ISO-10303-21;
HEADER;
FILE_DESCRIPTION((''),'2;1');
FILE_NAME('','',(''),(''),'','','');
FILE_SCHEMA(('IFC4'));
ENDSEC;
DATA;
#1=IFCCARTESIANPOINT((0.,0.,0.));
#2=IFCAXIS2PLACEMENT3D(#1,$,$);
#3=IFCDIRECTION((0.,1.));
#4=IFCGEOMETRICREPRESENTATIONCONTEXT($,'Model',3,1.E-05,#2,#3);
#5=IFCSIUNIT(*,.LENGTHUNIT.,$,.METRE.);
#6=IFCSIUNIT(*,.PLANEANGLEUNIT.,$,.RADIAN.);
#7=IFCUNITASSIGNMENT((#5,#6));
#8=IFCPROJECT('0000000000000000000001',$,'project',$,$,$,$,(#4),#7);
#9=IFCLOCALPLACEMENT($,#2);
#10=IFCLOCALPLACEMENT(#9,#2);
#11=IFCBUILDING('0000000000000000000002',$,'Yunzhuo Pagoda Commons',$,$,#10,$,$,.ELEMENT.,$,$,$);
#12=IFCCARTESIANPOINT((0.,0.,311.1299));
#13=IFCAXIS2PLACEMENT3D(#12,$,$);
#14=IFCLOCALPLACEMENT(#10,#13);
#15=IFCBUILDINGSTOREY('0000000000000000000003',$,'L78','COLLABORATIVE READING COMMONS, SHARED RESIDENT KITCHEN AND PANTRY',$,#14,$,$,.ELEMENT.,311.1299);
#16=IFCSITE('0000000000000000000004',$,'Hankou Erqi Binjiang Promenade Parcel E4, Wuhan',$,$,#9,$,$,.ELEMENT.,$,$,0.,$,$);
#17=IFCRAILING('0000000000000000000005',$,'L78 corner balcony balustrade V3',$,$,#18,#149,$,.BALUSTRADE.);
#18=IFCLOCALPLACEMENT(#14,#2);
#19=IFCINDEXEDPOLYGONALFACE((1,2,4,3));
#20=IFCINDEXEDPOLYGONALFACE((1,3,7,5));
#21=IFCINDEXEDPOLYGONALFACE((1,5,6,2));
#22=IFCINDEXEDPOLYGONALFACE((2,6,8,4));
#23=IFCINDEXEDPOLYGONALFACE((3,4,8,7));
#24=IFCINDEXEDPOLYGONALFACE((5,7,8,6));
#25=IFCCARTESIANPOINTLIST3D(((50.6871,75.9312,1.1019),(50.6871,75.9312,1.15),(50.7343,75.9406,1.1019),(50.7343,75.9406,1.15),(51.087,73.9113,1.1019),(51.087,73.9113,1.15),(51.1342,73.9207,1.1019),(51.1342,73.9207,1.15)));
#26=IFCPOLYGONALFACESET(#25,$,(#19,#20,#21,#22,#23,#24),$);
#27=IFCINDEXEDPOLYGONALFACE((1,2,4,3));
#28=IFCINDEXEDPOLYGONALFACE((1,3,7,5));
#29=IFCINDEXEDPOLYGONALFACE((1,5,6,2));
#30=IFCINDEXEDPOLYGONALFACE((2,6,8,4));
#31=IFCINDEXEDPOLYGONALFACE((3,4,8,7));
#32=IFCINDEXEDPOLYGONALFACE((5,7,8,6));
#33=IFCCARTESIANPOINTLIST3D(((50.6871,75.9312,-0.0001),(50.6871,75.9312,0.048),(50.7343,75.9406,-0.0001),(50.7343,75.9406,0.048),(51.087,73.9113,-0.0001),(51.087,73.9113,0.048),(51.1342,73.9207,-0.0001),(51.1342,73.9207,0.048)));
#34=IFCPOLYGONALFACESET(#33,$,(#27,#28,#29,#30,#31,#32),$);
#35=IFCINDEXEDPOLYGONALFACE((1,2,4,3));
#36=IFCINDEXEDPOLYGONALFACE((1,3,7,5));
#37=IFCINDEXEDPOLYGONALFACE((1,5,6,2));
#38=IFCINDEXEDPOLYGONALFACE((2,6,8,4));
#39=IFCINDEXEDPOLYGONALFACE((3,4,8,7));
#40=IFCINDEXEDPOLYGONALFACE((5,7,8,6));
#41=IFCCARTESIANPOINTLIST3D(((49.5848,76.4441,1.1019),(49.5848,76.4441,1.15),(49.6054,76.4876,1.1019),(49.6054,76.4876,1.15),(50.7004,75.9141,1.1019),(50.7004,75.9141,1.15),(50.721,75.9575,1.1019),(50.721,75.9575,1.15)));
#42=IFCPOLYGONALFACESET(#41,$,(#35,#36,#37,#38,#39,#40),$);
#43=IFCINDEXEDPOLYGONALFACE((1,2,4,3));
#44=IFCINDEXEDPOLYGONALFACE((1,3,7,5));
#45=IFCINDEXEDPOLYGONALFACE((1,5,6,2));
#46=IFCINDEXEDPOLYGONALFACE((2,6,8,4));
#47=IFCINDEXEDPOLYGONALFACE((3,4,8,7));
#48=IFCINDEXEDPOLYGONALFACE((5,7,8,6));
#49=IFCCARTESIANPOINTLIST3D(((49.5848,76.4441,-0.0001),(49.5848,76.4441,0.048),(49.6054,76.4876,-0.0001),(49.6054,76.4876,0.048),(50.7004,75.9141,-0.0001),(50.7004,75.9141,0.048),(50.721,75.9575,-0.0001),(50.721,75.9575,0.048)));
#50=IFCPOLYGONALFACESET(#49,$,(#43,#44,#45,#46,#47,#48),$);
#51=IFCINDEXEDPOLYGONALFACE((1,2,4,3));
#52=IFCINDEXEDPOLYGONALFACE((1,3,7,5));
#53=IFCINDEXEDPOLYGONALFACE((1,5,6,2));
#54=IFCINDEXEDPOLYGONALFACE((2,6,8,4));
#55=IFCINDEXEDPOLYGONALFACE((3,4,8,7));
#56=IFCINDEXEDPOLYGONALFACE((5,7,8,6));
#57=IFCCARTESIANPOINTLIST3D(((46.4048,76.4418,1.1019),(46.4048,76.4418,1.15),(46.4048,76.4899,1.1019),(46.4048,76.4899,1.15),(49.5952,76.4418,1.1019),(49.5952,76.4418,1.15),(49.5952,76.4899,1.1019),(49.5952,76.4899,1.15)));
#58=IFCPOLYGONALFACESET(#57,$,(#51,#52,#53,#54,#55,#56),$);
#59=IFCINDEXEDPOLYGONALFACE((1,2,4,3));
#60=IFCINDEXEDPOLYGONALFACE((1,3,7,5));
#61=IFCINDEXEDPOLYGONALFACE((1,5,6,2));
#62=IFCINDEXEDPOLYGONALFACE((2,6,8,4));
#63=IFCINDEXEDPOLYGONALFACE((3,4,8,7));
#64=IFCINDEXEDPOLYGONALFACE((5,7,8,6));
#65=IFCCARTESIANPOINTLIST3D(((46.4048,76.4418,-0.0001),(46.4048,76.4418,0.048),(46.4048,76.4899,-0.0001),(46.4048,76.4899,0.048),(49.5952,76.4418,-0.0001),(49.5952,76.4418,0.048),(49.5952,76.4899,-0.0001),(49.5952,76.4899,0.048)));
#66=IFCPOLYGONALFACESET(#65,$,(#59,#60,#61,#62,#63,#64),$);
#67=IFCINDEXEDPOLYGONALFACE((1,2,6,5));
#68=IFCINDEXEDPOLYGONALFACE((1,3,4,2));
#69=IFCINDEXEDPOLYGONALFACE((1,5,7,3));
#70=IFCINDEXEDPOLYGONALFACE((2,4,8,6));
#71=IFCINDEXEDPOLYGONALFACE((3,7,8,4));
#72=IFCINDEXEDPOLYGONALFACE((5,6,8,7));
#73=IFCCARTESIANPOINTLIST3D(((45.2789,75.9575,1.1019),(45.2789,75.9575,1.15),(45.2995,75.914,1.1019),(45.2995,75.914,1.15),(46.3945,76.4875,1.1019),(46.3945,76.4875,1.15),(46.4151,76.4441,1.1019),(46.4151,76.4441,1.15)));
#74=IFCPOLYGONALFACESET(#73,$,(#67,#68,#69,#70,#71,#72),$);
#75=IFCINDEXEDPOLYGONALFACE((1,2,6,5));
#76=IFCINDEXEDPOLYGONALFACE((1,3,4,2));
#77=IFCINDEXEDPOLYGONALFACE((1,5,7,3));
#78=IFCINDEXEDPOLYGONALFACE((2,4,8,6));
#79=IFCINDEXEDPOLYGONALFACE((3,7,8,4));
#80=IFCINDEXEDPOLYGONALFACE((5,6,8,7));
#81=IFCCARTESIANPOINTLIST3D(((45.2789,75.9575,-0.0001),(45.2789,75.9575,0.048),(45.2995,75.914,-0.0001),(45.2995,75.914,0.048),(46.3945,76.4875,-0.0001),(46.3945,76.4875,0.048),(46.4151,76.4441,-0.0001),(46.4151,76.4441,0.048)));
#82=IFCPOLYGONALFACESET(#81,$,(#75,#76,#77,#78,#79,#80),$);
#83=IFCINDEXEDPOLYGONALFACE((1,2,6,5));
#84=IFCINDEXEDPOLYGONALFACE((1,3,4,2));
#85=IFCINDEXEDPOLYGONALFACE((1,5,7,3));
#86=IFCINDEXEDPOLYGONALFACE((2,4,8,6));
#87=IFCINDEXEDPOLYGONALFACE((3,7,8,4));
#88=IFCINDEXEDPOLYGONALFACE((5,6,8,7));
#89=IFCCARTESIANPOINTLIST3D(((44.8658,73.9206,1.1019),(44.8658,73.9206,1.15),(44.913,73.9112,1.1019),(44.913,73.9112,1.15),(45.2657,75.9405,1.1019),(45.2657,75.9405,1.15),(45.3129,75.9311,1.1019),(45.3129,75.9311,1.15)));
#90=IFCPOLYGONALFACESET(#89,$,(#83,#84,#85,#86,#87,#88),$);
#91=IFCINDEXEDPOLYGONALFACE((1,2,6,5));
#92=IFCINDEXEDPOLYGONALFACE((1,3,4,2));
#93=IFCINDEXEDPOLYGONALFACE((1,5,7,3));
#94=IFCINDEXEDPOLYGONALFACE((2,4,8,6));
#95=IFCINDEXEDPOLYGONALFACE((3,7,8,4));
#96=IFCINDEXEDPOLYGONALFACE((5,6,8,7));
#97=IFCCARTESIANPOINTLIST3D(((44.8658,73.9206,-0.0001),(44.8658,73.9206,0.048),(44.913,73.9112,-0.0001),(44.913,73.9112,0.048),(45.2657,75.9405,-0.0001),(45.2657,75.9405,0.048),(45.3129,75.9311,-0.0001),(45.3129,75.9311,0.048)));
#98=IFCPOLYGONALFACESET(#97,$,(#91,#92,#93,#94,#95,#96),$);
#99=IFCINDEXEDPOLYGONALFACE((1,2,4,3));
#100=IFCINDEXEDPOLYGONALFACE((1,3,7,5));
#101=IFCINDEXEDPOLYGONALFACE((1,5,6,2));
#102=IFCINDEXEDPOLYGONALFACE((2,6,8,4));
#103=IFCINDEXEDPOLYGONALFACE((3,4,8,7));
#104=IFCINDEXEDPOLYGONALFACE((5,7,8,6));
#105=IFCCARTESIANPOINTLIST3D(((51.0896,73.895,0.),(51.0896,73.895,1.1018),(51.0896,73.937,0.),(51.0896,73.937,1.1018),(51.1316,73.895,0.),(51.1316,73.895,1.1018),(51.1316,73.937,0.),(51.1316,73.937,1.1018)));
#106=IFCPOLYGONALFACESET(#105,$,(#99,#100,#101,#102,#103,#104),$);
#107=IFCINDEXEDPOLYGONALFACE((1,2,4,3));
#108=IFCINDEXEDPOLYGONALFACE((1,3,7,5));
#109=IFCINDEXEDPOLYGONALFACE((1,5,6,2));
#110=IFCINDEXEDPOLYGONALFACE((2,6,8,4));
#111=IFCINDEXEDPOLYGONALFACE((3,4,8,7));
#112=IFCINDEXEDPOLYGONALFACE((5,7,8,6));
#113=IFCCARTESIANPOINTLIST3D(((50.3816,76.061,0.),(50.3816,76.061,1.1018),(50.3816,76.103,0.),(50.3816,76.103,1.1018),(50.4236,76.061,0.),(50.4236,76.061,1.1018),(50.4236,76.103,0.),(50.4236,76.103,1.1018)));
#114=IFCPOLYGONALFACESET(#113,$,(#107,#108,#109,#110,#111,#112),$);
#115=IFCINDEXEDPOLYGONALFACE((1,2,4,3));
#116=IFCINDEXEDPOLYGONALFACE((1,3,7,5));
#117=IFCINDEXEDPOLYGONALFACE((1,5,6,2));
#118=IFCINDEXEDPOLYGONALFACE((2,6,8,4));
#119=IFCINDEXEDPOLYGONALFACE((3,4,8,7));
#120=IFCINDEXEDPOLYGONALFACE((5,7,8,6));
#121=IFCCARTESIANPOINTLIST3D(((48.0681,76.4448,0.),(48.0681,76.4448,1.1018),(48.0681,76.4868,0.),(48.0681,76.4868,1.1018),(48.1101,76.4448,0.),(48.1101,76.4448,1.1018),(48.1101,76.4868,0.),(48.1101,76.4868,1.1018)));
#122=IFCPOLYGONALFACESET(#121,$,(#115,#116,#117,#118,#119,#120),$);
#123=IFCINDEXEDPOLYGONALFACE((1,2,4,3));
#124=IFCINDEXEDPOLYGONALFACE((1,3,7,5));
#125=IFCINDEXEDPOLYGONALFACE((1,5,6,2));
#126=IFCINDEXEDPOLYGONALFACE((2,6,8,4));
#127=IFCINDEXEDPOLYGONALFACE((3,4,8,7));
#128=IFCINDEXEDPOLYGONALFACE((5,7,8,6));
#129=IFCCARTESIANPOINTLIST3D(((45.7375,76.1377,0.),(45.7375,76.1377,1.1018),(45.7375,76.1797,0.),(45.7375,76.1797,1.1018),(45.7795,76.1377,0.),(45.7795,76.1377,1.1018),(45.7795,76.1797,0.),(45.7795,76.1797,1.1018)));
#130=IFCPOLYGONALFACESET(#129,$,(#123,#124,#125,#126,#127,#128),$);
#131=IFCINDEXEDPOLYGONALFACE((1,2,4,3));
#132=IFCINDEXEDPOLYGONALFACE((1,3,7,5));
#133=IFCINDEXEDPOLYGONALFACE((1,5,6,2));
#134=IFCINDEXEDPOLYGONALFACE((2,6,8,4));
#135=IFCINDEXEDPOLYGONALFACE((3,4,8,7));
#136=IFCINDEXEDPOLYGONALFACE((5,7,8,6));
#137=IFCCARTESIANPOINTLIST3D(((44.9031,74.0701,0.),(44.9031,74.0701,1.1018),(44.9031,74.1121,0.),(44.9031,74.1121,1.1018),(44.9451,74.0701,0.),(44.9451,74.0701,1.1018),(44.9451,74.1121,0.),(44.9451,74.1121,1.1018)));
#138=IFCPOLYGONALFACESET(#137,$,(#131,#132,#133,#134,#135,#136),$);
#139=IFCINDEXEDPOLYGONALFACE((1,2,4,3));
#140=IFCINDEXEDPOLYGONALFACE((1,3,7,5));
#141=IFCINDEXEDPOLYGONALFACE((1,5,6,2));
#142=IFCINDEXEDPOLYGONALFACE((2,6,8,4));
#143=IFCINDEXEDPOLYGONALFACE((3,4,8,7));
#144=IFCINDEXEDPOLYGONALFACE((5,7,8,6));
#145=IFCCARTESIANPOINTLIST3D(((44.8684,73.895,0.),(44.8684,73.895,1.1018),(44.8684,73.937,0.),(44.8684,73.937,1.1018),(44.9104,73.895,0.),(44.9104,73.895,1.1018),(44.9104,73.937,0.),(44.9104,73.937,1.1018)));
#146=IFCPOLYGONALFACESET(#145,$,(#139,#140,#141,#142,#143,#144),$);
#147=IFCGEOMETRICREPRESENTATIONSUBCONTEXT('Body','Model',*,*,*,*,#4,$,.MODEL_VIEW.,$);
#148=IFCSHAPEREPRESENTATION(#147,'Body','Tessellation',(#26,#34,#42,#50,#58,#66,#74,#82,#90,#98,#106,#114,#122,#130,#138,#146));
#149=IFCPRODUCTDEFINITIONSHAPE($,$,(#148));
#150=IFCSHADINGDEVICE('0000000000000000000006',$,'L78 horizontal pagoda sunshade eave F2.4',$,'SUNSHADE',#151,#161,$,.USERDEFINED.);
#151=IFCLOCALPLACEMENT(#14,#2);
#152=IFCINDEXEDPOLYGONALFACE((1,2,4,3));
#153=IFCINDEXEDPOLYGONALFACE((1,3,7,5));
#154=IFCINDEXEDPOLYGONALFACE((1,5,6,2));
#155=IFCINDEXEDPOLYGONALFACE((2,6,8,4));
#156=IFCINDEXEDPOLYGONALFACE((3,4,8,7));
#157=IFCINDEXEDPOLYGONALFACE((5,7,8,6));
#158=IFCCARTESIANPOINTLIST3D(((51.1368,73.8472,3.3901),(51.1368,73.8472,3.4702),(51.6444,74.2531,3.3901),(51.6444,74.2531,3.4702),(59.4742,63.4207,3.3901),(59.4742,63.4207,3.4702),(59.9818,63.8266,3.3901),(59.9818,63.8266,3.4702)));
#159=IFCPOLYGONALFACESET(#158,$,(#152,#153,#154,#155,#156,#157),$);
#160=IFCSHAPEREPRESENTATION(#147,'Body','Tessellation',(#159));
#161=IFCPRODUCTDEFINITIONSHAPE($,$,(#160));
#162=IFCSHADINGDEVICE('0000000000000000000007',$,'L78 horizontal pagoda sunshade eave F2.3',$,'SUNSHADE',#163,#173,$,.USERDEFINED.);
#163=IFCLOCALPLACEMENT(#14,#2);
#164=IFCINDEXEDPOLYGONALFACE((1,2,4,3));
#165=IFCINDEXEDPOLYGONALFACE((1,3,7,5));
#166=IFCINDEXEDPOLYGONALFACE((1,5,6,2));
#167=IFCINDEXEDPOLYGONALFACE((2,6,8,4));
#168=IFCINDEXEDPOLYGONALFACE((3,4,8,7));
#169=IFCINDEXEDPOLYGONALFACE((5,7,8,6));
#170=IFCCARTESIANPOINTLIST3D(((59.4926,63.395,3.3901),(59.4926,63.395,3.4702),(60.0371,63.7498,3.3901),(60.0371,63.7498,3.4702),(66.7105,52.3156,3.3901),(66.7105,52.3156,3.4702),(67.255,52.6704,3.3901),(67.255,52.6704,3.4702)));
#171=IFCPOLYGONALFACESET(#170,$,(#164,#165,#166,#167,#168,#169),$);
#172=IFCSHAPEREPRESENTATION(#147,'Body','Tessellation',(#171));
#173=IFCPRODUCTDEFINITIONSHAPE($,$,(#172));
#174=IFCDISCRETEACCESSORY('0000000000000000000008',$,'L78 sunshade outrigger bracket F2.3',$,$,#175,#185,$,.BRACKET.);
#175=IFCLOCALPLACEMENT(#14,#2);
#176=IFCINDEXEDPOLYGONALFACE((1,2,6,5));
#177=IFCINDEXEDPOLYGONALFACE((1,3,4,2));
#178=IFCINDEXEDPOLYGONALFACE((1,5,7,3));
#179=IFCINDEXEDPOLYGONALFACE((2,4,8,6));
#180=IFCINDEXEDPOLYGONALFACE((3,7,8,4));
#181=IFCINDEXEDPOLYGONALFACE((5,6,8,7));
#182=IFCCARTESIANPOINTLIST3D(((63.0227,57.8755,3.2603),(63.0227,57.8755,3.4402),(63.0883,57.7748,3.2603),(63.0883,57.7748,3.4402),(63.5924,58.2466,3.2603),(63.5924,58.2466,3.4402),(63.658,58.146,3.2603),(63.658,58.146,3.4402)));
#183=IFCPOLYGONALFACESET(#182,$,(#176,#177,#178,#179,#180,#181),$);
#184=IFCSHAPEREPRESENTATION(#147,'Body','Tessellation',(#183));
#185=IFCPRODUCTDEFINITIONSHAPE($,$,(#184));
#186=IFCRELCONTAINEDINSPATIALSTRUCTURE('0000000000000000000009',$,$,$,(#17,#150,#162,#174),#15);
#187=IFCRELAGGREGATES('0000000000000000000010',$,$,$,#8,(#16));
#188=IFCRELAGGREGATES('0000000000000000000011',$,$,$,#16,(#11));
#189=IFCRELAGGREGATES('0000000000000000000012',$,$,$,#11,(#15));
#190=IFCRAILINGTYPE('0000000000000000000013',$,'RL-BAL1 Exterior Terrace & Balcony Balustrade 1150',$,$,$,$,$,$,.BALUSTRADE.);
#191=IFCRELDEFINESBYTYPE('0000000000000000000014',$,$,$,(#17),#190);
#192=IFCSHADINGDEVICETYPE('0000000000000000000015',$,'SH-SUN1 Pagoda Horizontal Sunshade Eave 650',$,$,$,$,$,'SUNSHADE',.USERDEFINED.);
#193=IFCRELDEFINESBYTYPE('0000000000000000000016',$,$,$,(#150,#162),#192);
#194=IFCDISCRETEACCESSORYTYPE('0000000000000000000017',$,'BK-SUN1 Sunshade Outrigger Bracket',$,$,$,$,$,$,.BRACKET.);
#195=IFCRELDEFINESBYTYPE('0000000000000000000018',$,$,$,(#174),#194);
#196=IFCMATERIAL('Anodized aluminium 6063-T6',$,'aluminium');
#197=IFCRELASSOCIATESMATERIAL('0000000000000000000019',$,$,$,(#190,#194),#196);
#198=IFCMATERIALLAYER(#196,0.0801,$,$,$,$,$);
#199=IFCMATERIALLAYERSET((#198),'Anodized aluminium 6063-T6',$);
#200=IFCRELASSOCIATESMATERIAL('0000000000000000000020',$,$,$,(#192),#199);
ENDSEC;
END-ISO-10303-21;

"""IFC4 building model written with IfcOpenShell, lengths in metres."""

from ifc_helpers import new_model, si_unit, direction, frame, origin, origin_2d, place, context, subcontext, project, spatial, rectangle, extrude, source, transform, mapped, material, layer, layer_set, type_object, element, save


model = new_model("IFC4")

# Units and contexts
model_context = context("Model", 3, precision=1e-05, world=origin(), true_north=direction((0.0, 1.0)))
body_context = subcontext(model_context, "Body", "Model", "MODEL_VIEW")
ifc_project = project(units=[si_unit("LENGTHUNIT", "METRE"), si_unit("PLANEANGLEUNIT", "RADIAN")], contexts=[model_context])

# Site, building, storey
site_placement = place(None, origin())
site = spatial("IfcSite", under=ifc_project, at=site_placement, Name="Hankou Erqi Binjiang Promenade Parcel E4, Wuhan", CompositionType="ELEMENT", RefElevation=0.0)
building_placement = place(site_placement, origin())
building = spatial("IfcBuilding", under=site, at=building_placement, Name="Yunzhuo Pagoda Commons", CompositionType="ELEMENT")
storey_placement = place(building_placement, frame((0.0, 0.0, 311.1299)))
storey = spatial("IfcBuildingStorey", under=building, at=storey_placement, Name="L78", Description="COLLABORATIVE READING COMMONS, SHARED RESIDENT KITCHEN AND PANTRY", CompositionType="ELEMENT", Elevation=311.1299)

# Shared definitions
ifc_material_1 = material(Name="Anodized aluminium 6063-T6", Category="aluminium")

# Railing
railing_type = type_object("IfcRailingType", Name="RL-BAL1 Exterior Terrace & Balcony Balustrade 1150", PredefinedType="BALUSTRADE", material=ifc_material_1)
railing_placement = place(storey_placement, frame((51.1106, 73.916, 0.0)))
element("IfcRailing", 1, at=railing_placement, inside=storey, type_object=railing_type, Name="L78 corner balcony balustrade V3", PredefinedType="BALUSTRADE", context=body_context, shape_type="SweptSolid", body=[
    extrude(rectangle(XDim=0.0481, YDim=0.0481, at=origin_2d()), frame((0.0, 0.0, 1.126), z_axis=(-0.194223, 0.980957, 0.0), x_axis=(-0.980957, -0.194223, 0.0)), (0.0, 0.0, 1.0), 2.0591),
    extrude(rectangle(XDim=0.0481, YDim=0.0481, at=origin_2d()), frame((0.0, 0.0, 0.0239), z_axis=(-0.194223, 0.980957, 0.0), x_axis=(-0.980957, -0.194223, 0.0)), (0.0, 0.0, 1.0), 2.0591),
    extrude(rectangle(XDim=0.0481, YDim=0.0481, at=origin_2d()), frame((-0.3999, 2.0198, 1.126), z_axis=(-0.903222, 0.429174, 0.0), x_axis=(-0.429174, -0.903222, 0.0)), (0.0, 0.0, 1.0), 1.2351),
    extrude(rectangle(XDim=0.0481, YDim=0.0481, at=origin_2d()), frame((-0.3999, 2.0198, 0.0239), z_axis=(-0.903222, 0.429174, 0.0), x_axis=(-0.429174, -0.903222, 0.0)), (0.0, 0.0, 1.0), 1.2351),
    extrude(rectangle(XDim=0.0481, YDim=0.0481, at=origin_2d()), frame((-1.5154, 2.5498, 1.126), z_axis=(-1.0, 0.0, 0.0), x_axis=(0.0, -1.0, 0.0)), (0.0, 0.0, 1.0), 3.1904),
    extrude(rectangle(XDim=0.0481, YDim=0.0481, at=origin_2d()), frame((-1.5154, 2.5498, 0.0239), z_axis=(-1.0, 0.0, 0.0), x_axis=(0.0, -1.0, 0.0)), (0.0, 0.0, 1.0), 3.1904),
    extrude(rectangle(XDim=0.0481, YDim=0.0481, at=origin_2d()), frame((-4.7058, 2.5498, 1.126), z_axis=(-0.903222, -0.429174, 0.0), x_axis=(0.429174, -0.903222, 0.0)), (0.0, 0.0, 1.0), 1.2351),
    extrude(rectangle(XDim=0.0481, YDim=0.0481, at=origin_2d()), frame((-4.7058, 2.5498, 0.0239), z_axis=(-0.903222, -0.429174, 0.0), x_axis=(0.429174, -0.903222, 0.0)), (0.0, 0.0, 1.0), 1.2351),
    extrude(rectangle(XDim=0.0481, YDim=0.0481, at=origin_2d()), frame((-5.8213, 2.0198, 1.126), z_axis=(-0.194223, -0.980957, 0.0), x_axis=(0.980957, -0.194223, 0.0)), (0.0, 0.0, 1.0), 2.0591),
    extrude(rectangle(XDim=0.0481, YDim=0.0481, at=origin_2d()), frame((-5.8213, 2.0198, 0.0239), z_axis=(-0.194223, -0.980957, 0.0), x_axis=(0.980957, -0.194223, 0.0)), (0.0, 0.0, 1.0), 2.0591),
    extrude(rectangle(XDim=0.042, YDim=0.042, at=origin_2d()), origin(), (0.0, 0.0, 1.0), 1.1018),
    extrude(rectangle(XDim=0.042, YDim=0.042, at=origin_2d()), frame((-0.708, 2.166, 0.0)), (0.0, 0.0, 1.0), 1.1018),
    extrude(rectangle(XDim=0.042, YDim=0.042, at=origin_2d()), frame((-3.0215, 2.5498, 0.0)), (0.0, 0.0, 1.0), 1.1018),
    extrude(rectangle(XDim=0.042, YDim=0.042, at=origin_2d()), frame((-5.3521, 2.2427, 0.0)), (0.0, 0.0, 1.0), 1.1018),
    extrude(rectangle(XDim=0.042, YDim=0.042, at=origin_2d()), frame((-6.1865, 0.175, 0.0)), (0.0, 0.0, 1.0), 1.1018),
    extrude(rectangle(XDim=0.042, YDim=0.042, at=origin_2d()), frame((-6.2212, 0.0, 0.0)), (0.0, 0.0, 1.0), 1.1018),
])

# Shading devices
ifc_layer_1 = layer(ifc_material_1, 0.0801)
ifc_layer_set_1 = layer_set([ifc_layer_1], Name="Anodized aluminium 6063-T6")
shading_device_type = type_object("IfcShadingDeviceType", Name="SH-SUN1 Pagoda Horizontal Sunshade Eave 650", ElementType="SUNSHADE", PredefinedType="USERDEFINED", material=ifc_layer_set_1)
shared_shape_1 = source(origin(), body_context, "Body", "SweptSolid", [
    extrude(rectangle(XDim=13.3501, YDim=0.6499, at=origin_2d()), origin(), (0.0, 0.0, 1.0), 0.0801),
])
shading_device_1_placement = place(storey_placement, frame((55.5593, 68.8369, 3.3901), z_axis=(0.0, 0.0, 1.0), x_axis=(-0.62452, 0.781008, 0.0)))
element("IfcShadingDevice", 2, at=shading_device_1_placement, inside=storey, type_object=shading_device_type, Name="L78 horizontal pagoda sunshade eave F2.4", ObjectType="SUNSHADE", PredefinedType="USERDEFINED", context=body_context, shape_type="MappedRepresentation", body=[
    mapped(shared_shape_1, transform((0.0, 0.0, 0.0), scale=1.0)),
])
shared_shape_2 = source(origin(), body_context, "Body", "SweptSolid", [
    extrude(rectangle(XDim=13.2231, YDim=0.6499, at=origin_2d()), origin(), (0.0, 0.0, 1.0), 0.0801),
])
shading_device_2_placement = place(storey_placement, frame((63.3738, 58.0327, 3.3901), z_axis=(0.0, 0.0, 1.0), x_axis=(-0.545853, 0.837881, 0.0)))
element("IfcShadingDevice", 3, at=shading_device_2_placement, inside=storey, type_object=shading_device_type, Name="L78 horizontal pagoda sunshade eave F2.3", ObjectType="SUNSHADE", PredefinedType="USERDEFINED", context=body_context, shape_type="MappedRepresentation", body=[
    mapped(shared_shape_2, transform((0.0, 0.0, 0.0), scale=1.0)),
])

# Discrete accessory
discrete_accessory_type = type_object("IfcDiscreteAccessoryType", Name="BK-SUN1 Sunshade Outrigger Bracket", PredefinedType="BRACKET", material=ifc_material_1)
shared_shape_3 = source(origin(), body_context, "Body", "SweptSolid", [
    extrude(rectangle(XDim=0.1201, YDim=0.6799, at=origin_2d()), origin(), (0.0, 0.0, 1.0), 0.1799),
])
discrete_accessory_placement = place(storey_placement, frame((63.3403, 58.0107, 3.2603), z_axis=(0.0, 0.0, 1.0), x_axis=(-0.545853, 0.837881, 0.0)))
element("IfcDiscreteAccessory", 4, at=discrete_accessory_placement, inside=storey, type_object=discrete_accessory_type, Name="L78 sunshade outrigger bracket F2.3", PredefinedType="BRACKET", context=body_context, shape_type="MappedRepresentation", body=[
    mapped(shared_shape_3, transform((0.0, 0.0, 0.0), scale=1.0)),
])

save(model, "model.ifc")
